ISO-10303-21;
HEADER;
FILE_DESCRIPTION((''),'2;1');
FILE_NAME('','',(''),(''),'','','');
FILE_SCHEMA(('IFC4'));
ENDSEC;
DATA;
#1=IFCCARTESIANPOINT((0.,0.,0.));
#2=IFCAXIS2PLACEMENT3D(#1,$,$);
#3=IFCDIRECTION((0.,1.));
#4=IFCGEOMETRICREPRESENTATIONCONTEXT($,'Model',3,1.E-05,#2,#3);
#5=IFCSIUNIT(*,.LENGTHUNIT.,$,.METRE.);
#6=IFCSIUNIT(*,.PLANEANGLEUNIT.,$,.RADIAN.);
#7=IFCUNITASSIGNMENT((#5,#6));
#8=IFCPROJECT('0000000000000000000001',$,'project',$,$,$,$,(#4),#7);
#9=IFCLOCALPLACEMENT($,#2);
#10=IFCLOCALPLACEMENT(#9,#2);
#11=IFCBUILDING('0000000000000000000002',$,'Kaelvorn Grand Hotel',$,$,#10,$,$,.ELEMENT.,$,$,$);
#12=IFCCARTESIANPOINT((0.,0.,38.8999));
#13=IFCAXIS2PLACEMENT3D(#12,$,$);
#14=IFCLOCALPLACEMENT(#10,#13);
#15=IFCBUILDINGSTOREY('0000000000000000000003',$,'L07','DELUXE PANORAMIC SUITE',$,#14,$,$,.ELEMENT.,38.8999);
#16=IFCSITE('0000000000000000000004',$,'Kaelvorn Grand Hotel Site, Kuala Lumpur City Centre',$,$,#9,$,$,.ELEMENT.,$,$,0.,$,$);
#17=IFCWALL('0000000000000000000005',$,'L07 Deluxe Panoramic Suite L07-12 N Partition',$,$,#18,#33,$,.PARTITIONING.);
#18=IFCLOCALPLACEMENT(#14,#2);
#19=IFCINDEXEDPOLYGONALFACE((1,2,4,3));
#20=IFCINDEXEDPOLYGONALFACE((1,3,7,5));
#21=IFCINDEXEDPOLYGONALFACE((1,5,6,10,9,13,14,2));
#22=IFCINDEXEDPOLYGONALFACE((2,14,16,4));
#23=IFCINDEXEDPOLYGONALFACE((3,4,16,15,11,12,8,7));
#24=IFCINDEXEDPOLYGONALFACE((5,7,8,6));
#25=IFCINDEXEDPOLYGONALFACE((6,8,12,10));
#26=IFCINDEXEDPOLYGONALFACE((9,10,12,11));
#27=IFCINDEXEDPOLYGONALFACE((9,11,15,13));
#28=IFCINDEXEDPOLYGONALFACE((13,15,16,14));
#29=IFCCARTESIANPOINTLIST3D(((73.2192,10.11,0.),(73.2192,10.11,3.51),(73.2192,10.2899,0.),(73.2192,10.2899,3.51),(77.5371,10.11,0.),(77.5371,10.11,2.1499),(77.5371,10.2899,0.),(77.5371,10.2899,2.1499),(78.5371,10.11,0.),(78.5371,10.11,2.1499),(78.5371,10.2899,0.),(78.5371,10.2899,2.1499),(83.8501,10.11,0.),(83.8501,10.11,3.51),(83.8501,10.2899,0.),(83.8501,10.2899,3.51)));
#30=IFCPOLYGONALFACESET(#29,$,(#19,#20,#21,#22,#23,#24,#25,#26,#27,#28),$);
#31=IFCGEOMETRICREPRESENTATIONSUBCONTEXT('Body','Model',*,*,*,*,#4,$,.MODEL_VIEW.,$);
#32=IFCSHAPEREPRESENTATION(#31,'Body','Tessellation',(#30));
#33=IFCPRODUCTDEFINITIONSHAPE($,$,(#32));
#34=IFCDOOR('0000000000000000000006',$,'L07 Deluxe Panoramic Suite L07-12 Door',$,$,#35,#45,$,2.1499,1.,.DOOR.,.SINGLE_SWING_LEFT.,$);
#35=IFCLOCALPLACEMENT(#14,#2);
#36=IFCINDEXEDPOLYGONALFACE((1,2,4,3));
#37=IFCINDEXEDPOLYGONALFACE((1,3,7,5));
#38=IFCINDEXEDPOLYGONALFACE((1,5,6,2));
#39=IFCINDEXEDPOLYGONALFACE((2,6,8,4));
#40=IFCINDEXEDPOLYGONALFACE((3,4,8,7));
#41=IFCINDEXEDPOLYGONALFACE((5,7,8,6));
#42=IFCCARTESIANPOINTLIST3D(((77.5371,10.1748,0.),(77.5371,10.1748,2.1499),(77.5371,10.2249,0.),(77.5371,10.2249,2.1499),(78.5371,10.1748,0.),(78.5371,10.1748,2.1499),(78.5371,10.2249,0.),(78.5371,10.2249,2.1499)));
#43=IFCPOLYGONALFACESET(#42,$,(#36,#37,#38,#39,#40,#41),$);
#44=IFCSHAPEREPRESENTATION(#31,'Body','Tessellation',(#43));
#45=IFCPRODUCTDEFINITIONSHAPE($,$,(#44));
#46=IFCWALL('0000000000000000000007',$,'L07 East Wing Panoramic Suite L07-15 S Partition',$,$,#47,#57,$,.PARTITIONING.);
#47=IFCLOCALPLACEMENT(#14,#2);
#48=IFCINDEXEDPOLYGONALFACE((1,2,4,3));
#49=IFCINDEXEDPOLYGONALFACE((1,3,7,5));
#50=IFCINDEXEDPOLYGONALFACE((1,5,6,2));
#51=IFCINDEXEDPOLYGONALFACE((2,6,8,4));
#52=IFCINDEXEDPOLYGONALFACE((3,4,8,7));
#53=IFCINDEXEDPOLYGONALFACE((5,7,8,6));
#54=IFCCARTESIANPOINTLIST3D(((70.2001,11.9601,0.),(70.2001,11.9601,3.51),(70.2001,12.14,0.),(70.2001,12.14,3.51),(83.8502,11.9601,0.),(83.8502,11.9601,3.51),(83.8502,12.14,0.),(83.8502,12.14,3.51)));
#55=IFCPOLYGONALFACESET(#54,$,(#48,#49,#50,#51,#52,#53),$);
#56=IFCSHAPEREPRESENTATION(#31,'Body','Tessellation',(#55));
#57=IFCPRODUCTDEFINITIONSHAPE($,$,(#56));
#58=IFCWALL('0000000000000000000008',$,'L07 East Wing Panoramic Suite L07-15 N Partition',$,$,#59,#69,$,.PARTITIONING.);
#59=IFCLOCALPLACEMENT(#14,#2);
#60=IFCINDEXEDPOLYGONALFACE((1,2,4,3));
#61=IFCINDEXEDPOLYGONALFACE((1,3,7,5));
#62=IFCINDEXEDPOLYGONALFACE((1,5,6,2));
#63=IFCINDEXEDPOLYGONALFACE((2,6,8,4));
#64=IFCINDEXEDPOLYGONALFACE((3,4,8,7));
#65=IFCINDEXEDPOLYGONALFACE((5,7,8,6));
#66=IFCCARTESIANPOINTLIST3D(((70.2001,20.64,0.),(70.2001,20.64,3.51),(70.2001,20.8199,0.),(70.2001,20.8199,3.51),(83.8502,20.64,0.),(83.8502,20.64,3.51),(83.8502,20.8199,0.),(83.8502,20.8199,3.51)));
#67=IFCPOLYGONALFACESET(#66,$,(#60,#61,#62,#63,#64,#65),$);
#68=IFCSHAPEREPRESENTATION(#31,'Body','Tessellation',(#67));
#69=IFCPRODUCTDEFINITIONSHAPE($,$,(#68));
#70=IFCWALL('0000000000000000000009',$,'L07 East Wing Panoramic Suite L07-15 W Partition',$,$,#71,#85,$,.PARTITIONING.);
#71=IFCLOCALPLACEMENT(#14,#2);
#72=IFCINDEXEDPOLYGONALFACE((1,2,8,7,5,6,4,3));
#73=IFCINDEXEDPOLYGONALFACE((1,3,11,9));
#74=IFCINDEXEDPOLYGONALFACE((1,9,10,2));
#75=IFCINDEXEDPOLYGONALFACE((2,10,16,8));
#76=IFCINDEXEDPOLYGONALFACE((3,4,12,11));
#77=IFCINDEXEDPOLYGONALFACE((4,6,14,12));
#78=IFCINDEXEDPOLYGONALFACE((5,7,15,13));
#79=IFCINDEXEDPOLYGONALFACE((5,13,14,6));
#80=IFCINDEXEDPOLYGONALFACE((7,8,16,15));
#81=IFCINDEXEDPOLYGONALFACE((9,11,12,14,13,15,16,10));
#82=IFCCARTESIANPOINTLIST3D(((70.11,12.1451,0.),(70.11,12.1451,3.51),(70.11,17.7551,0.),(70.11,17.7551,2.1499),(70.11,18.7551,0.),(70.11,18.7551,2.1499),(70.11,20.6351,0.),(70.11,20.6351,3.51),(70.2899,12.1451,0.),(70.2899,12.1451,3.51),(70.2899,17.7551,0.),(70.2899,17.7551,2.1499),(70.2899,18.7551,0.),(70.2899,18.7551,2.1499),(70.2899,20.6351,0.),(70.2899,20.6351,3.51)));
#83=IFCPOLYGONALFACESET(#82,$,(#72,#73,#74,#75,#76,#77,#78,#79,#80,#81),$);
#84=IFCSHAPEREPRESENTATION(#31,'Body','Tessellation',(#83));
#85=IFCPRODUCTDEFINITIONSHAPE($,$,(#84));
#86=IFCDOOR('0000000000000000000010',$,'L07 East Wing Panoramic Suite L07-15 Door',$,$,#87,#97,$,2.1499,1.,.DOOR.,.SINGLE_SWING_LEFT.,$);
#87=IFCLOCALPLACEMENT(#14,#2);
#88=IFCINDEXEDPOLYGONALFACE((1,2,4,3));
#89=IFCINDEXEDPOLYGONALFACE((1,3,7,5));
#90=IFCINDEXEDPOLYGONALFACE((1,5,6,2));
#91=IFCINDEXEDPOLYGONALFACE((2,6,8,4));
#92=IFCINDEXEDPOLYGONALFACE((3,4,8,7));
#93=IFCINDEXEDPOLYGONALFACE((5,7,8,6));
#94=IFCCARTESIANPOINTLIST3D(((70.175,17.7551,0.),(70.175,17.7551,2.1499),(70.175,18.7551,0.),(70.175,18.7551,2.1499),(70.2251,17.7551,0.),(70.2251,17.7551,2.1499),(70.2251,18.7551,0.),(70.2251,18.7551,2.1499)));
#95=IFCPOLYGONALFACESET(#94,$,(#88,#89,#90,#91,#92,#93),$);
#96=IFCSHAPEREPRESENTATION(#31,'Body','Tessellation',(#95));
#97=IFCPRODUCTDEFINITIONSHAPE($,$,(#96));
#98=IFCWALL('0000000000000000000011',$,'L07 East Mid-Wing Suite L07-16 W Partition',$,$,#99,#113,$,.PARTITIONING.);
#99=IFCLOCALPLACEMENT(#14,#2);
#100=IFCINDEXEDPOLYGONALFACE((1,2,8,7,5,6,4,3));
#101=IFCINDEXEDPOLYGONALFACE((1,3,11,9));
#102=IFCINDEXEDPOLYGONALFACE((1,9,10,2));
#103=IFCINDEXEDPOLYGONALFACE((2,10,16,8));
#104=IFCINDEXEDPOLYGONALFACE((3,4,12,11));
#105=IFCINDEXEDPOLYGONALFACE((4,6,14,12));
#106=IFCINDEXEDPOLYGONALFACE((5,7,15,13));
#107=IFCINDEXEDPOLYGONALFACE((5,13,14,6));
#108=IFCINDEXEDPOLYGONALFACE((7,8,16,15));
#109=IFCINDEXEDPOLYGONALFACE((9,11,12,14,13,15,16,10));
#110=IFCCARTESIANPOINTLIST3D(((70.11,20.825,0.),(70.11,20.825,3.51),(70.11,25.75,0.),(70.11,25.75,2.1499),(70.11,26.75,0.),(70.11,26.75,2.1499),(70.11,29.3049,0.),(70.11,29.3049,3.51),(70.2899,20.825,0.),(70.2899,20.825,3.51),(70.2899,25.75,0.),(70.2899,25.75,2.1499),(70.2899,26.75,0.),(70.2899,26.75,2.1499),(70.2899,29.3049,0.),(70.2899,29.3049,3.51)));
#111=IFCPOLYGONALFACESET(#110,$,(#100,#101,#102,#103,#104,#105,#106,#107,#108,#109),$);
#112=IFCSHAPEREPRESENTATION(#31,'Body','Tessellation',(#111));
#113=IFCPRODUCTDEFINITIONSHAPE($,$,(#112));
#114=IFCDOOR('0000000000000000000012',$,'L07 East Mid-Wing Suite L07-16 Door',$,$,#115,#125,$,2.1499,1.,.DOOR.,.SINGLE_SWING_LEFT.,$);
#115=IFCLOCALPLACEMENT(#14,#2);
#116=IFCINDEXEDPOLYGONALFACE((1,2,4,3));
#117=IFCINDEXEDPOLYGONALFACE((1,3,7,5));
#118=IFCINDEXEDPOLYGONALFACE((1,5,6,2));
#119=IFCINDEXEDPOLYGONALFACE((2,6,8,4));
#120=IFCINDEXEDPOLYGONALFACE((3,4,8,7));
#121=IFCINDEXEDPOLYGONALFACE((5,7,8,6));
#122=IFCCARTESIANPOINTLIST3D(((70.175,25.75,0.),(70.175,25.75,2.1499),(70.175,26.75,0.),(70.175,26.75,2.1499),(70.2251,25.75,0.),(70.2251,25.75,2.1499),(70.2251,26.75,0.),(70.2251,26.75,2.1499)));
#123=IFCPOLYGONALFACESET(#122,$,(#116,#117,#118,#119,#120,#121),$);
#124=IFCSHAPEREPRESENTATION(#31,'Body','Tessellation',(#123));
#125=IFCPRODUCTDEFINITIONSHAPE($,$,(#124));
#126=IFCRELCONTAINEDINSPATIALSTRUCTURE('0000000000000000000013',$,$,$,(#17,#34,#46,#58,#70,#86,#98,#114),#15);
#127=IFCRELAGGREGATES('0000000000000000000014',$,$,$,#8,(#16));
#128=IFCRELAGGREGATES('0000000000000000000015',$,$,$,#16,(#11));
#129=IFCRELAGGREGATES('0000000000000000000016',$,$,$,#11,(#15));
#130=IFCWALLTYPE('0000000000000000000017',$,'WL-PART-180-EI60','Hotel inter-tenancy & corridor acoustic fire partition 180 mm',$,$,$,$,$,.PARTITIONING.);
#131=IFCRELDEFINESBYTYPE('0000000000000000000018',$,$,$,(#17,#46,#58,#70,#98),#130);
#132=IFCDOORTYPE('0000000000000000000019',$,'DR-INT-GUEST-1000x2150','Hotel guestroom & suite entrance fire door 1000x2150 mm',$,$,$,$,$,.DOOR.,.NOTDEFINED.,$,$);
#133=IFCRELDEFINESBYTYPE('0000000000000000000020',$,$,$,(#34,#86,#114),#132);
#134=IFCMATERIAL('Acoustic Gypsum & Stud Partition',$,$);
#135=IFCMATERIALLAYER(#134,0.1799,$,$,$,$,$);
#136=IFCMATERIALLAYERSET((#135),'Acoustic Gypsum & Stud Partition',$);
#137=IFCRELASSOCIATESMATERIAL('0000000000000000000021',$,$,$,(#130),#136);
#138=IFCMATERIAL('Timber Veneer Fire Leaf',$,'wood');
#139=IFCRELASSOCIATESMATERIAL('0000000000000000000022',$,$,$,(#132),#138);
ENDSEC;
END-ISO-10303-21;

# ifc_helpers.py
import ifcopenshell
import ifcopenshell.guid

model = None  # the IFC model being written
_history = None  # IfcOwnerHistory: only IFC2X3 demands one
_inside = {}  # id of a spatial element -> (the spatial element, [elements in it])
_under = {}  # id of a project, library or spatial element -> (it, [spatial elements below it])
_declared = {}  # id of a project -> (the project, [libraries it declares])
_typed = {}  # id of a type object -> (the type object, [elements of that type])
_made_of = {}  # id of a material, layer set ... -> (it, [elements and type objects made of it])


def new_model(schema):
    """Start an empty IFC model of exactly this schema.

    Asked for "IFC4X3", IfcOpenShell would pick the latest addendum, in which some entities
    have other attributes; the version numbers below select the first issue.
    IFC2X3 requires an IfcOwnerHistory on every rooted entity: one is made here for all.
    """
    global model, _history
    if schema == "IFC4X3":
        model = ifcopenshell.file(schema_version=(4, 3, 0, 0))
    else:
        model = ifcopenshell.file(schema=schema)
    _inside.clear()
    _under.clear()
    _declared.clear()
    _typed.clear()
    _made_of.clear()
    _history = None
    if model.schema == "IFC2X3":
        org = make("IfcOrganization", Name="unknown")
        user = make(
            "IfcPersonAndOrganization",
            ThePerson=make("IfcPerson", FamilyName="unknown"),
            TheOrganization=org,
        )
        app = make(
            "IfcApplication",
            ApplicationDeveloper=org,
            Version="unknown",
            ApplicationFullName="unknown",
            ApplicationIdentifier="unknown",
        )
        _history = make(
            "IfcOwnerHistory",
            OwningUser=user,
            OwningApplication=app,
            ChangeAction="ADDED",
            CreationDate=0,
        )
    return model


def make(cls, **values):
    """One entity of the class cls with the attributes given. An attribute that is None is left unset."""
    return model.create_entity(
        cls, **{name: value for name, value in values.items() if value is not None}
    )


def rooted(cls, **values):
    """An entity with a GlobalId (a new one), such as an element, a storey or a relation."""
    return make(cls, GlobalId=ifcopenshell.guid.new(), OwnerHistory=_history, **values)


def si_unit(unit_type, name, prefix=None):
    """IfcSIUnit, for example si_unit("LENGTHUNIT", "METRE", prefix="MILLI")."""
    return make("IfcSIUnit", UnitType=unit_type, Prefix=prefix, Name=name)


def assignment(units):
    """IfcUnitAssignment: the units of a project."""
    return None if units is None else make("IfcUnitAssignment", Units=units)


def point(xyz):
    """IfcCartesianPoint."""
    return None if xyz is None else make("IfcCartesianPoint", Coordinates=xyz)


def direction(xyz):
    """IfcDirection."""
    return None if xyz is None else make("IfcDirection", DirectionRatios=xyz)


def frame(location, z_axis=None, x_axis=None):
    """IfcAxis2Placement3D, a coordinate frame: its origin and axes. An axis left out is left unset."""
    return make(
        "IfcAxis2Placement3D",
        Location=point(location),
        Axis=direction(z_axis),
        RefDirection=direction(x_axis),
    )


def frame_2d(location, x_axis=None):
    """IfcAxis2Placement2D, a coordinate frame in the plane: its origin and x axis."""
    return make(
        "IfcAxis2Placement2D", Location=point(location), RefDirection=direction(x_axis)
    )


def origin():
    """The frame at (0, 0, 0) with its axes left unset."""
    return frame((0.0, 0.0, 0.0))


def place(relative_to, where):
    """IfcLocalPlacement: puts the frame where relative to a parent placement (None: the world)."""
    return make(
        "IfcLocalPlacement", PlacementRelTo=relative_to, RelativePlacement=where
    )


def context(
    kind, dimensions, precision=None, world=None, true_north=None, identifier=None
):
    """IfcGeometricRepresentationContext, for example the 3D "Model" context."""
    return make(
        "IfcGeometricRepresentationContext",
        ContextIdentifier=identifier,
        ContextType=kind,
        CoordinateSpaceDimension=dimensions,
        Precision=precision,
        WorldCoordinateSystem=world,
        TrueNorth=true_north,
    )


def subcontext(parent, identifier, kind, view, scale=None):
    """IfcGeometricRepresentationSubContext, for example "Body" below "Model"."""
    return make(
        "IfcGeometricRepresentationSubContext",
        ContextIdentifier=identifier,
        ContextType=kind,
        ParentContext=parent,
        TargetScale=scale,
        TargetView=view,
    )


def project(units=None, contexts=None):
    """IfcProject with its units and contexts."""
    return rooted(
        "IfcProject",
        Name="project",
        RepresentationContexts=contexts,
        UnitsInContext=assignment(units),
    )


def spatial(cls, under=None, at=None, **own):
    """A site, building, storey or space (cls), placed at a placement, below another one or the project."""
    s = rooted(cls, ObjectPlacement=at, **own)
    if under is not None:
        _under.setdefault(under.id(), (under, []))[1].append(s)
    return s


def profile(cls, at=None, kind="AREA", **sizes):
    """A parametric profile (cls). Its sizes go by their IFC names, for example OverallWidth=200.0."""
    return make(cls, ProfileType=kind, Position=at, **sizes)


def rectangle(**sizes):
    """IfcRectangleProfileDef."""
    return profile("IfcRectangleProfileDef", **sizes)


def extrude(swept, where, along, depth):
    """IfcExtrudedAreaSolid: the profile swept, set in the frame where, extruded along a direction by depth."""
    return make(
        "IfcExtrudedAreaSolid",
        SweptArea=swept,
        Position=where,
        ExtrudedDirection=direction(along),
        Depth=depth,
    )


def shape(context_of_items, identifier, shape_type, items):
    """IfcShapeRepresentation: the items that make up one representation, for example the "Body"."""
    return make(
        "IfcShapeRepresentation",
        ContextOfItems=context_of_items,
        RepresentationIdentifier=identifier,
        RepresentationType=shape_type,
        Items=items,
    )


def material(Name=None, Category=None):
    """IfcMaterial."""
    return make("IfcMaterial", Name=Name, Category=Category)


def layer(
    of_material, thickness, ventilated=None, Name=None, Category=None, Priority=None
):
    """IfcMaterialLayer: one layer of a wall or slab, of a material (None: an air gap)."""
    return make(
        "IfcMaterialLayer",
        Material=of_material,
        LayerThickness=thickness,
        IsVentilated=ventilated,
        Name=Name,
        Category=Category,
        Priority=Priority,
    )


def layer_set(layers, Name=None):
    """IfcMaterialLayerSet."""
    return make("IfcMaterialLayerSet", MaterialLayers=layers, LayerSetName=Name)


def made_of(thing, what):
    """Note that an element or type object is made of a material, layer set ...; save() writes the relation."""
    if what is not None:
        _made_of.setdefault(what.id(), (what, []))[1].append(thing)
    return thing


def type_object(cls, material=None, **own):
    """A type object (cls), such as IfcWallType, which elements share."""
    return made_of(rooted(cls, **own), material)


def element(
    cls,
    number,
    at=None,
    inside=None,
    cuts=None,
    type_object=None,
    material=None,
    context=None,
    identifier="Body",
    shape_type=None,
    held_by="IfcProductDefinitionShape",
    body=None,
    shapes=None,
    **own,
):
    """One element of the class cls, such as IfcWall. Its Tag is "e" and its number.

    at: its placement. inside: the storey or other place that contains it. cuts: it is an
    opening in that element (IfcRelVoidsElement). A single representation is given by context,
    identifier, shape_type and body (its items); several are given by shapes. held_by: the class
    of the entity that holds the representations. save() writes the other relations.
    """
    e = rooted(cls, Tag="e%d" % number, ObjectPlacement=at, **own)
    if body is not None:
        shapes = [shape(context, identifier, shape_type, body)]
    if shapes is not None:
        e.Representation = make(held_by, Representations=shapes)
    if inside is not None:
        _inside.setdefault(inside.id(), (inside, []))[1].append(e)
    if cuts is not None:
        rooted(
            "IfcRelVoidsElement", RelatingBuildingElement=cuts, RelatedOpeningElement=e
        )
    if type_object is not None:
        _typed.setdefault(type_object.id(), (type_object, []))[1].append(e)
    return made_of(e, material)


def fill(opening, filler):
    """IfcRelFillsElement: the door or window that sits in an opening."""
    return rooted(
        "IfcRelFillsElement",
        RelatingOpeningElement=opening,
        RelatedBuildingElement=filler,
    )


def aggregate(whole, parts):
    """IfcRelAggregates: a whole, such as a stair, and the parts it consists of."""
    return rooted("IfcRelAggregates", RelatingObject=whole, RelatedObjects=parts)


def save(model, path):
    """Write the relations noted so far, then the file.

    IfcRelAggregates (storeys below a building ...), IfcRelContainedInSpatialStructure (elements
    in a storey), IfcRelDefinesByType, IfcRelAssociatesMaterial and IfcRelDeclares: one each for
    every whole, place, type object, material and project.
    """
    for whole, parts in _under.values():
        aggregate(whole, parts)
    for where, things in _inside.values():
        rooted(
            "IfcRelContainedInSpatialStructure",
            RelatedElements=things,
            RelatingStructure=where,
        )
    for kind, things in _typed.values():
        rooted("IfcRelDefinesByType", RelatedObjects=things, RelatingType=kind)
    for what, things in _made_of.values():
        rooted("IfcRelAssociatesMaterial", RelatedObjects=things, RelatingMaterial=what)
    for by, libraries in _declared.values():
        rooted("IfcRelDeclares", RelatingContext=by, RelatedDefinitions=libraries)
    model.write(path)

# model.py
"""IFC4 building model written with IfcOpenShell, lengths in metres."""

from ifc_helpers import new_model, si_unit, direction, frame, frame_2d, origin, place, context, subcontext, project, spatial, rectangle, extrude, material, layer, layer_set, type_object, element, fill, save


model = new_model("IFC4")

# Units and contexts
model_context = context("Model", 3, precision=1e-05, world=origin(), true_north=direction((0.0, 1.0)))
body_context = subcontext(model_context, "Body", "Model", "MODEL_VIEW")
ifc_project = project(units=[si_unit("LENGTHUNIT", "METRE"), si_unit("PLANEANGLEUNIT", "RADIAN")], contexts=[model_context])

# Site, building, storey
site_placement = place(None, origin())
site = spatial("IfcSite", under=ifc_project, at=site_placement, Name="Kaelvorn Grand Hotel Site, Kuala Lumpur City Centre", CompositionType="ELEMENT", RefElevation=0.0)
building_placement = place(site_placement, origin())
building = spatial("IfcBuilding", under=site, at=building_placement, Name="Kaelvorn Grand Hotel", CompositionType="ELEMENT")
storey_placement = place(building_placement, frame((0.0, 0.0, 38.8999)))
storey = spatial("IfcBuildingStorey", under=building, at=storey_placement, Name="L07", Description="DELUXE PANORAMIC SUITE", CompositionType="ELEMENT", Elevation=38.8999)

# Shared definitions
ifc_material_1 = material(Name="Acoustic Gypsum & Stud Partition")

# Wall, opening, door
ifc_layer_1 = layer(ifc_material_1, 0.1799)
ifc_layer_set_1 = layer_set([ifc_layer_1], Name="Acoustic Gypsum & Stud Partition")
wall_type_1 = type_object("IfcWallType", Name="WL-PART-180-EI60", Description="Hotel inter-tenancy & corridor acoustic fire partition 180 mm", PredefinedType="PARTITIONING", material=ifc_layer_set_1)
wall_1_placement = place(storey_placement, frame((73.2192, 10.2, 0.0), z_axis=(0.0, 0.0, 1.0), x_axis=(1.0, 0.0, 0.0)))
wall_1 = element("IfcWall", 1, at=wall_1_placement, inside=storey, type_object=wall_type_1, Name="L07 Deluxe Panoramic Suite L07-12 N Partition", PredefinedType="PARTITIONING", context=body_context, shape_type="SweptSolid", body=[
    extrude(rectangle(XDim=10.6309, YDim=0.1799, at=frame_2d((5.3154, 0.0))), origin(), (0.0, 0.0, 1.0), 3.51),
])
opening_1_placement = place(wall_1_placement, frame((4.3179, 0.0, 0.0)))
opening_1 = element("IfcOpeningElement", 2, at=opening_1_placement, cuts=wall_1, PredefinedType="OPENING", context=body_context, shape_type="SweptSolid", body=[
    extrude(rectangle(XDim=1.0, YDim=2.1499, at=frame_2d((0.5, 1.075))), frame((0.0, 0.1001, 0.0), z_axis=(0.0, -1.0, 0.0), x_axis=(1.0, 0.0, 0.0)), (0.0, 0.0, 1.0), 0.2),
])
ifc_material_2 = material(Name="Timber Veneer Fire Leaf", Category="wood")
door_type_1 = type_object("IfcDoorType", Name="DR-INT-GUEST-1000x2150", Description="Hotel guestroom & suite entrance fire door 1000x2150 mm", OperationType="NOTDEFINED", PredefinedType="DOOR", material=ifc_material_2)
door_1_placement = place(opening_1_placement, origin())
door_1 = element("IfcDoor", 3, at=door_1_placement, inside=storey, type_object=door_type_1, Name="L07 Deluxe Panoramic Suite L07-12 Door", OperationType="SINGLE_SWING_LEFT", OverallHeight=2.1499, OverallWidth=1.0, PredefinedType="DOOR", context=body_context, shape_type="SweptSolid", body=[
    extrude(rectangle(XDim=1.0, YDim=2.1499, at=frame_2d((0.5, 1.075))), frame((0.0, 0.0249, 0.0), z_axis=(0.0, -1.0, 0.0), x_axis=(1.0, 0.0, 0.0)), (0.0, 0.0, 1.0), 0.05),
])
fill(opening_1, door_1)

# Walls
for number, where, z_axis, x_axis, name in (
    (4, (70.2, 12.05, 0.0), (0.0, 0.0, 1.0), (1.0, 0.0, 0.0), "L07 East Wing Panoramic Suite L07-15 S Partition"),
    (5, (70.2, 20.73, 0.0), (0.0, 0.0, 1.0), (1.0, 0.0, 0.0), "L07 East Wing Panoramic Suite L07-15 N Partition"),
):
    element("IfcWall", number, at=place(storey_placement, frame(where, z_axis=z_axis, x_axis=x_axis)), inside=storey, type_object=wall_type_1, Name=name, PredefinedType="PARTITIONING", context=body_context, shape_type="SweptSolid", body=[
        extrude(rectangle(XDim=13.6501, YDim=0.1799, at=frame_2d((6.8252, 0.0))), origin(), (0.0, 0.0, 1.0), 3.51),
    ])

# Walls, openings, doors
wall_2_placement = place(storey_placement, frame((70.2, 12.145, 0.0), z_axis=(0.0, 0.0, 1.0), x_axis=(0.0, 1.0, 0.0)))
wall_2 = element("IfcWall", 6, at=wall_2_placement, inside=storey, type_object=wall_type_1, Name="L07 East Wing Panoramic Suite L07-15 W Partition", PredefinedType="PARTITIONING", context=body_context, shape_type="SweptSolid", body=[
    extrude(rectangle(XDim=8.49, YDim=0.1799, at=frame_2d((4.2451, 0.0))), origin(), (0.0, 0.0, 1.0), 3.51),
])
opening_2_placement = place(wall_2_placement, frame((5.6101, 0.0, 0.0)))
opening_2 = element("IfcOpeningElement", 7, at=opening_2_placement, cuts=wall_2, PredefinedType="OPENING", context=body_context, shape_type="SweptSolid", body=[
    extrude(rectangle(XDim=1.0, YDim=2.1499, at=frame_2d((0.5, 1.075))), frame((0.0, 0.1001, 0.0), z_axis=(0.0, -1.0, 0.0), x_axis=(1.0, 0.0, 0.0)), (0.0, 0.0, 1.0), 0.2),
])
door_2_placement = place(opening_2_placement, origin())
door_2 = element("IfcDoor", 8, at=door_2_placement, inside=storey, type_object=door_type_1, Name="L07 East Wing Panoramic Suite L07-15 Door", OperationType="SINGLE_SWING_LEFT", OverallHeight=2.1499, OverallWidth=1.0, PredefinedType="DOOR", context=body_context, shape_type="SweptSolid", body=[
    extrude(rectangle(XDim=1.0, YDim=2.1499, at=frame_2d((0.5, 1.075))), frame((0.0, 0.0249, 0.0), z_axis=(0.0, -1.0, 0.0), x_axis=(1.0, 0.0, 0.0)), (0.0, 0.0, 1.0), 0.05),
])
fill(opening_2, door_2)
wall_3_placement = place(storey_placement, frame((70.2, 20.825, 0.0), z_axis=(0.0, 0.0, 1.0), x_axis=(0.0, 1.0, 0.0)))
wall_3 = element("IfcWall", 9, at=wall_3_placement, inside=storey, type_object=wall_type_1, Name="L07 East Mid-Wing Suite L07-16 W Partition", PredefinedType="PARTITIONING", context=body_context, shape_type="SweptSolid", body=[
    extrude(rectangle(XDim=8.48, YDim=0.1799, at=frame_2d((4.24, 0.0))), origin(), (0.0, 0.0, 1.0), 3.51),
])
opening_3_placement = place(wall_3_placement, frame((4.925, 0.0, 0.0)))
opening_3 = element("IfcOpeningElement", 10, at=opening_3_placement, cuts=wall_3, PredefinedType="OPENING", context=body_context, shape_type="SweptSolid", body=[
    extrude(rectangle(XDim=1.0, YDim=2.1499, at=frame_2d((0.5, 1.075))), frame((0.0, 0.1001, 0.0), z_axis=(0.0, -1.0, 0.0), x_axis=(1.0, 0.0, 0.0)), (0.0, 0.0, 1.0), 0.2),
])
door_3_placement = place(opening_3_placement, origin())
door_3 = element("IfcDoor", 11, at=door_3_placement, inside=storey, type_object=door_type_1, Name="L07 East Mid-Wing Suite L07-16 Door", OperationType="SINGLE_SWING_LEFT", OverallHeight=2.1499, OverallWidth=1.0, PredefinedType="DOOR", context=body_context, shape_type="SweptSolid", body=[
    extrude(rectangle(XDim=1.0, YDim=2.1499, at=frame_2d((0.5, 1.075))), frame((0.0, 0.0249, 0.0), z_axis=(0.0, -1.0, 0.0), x_axis=(1.0, 0.0, 0.0)), (0.0, 0.0, 1.0), 0.05),
])
fill(opening_3, door_3)

save(model, "model.ifc")
